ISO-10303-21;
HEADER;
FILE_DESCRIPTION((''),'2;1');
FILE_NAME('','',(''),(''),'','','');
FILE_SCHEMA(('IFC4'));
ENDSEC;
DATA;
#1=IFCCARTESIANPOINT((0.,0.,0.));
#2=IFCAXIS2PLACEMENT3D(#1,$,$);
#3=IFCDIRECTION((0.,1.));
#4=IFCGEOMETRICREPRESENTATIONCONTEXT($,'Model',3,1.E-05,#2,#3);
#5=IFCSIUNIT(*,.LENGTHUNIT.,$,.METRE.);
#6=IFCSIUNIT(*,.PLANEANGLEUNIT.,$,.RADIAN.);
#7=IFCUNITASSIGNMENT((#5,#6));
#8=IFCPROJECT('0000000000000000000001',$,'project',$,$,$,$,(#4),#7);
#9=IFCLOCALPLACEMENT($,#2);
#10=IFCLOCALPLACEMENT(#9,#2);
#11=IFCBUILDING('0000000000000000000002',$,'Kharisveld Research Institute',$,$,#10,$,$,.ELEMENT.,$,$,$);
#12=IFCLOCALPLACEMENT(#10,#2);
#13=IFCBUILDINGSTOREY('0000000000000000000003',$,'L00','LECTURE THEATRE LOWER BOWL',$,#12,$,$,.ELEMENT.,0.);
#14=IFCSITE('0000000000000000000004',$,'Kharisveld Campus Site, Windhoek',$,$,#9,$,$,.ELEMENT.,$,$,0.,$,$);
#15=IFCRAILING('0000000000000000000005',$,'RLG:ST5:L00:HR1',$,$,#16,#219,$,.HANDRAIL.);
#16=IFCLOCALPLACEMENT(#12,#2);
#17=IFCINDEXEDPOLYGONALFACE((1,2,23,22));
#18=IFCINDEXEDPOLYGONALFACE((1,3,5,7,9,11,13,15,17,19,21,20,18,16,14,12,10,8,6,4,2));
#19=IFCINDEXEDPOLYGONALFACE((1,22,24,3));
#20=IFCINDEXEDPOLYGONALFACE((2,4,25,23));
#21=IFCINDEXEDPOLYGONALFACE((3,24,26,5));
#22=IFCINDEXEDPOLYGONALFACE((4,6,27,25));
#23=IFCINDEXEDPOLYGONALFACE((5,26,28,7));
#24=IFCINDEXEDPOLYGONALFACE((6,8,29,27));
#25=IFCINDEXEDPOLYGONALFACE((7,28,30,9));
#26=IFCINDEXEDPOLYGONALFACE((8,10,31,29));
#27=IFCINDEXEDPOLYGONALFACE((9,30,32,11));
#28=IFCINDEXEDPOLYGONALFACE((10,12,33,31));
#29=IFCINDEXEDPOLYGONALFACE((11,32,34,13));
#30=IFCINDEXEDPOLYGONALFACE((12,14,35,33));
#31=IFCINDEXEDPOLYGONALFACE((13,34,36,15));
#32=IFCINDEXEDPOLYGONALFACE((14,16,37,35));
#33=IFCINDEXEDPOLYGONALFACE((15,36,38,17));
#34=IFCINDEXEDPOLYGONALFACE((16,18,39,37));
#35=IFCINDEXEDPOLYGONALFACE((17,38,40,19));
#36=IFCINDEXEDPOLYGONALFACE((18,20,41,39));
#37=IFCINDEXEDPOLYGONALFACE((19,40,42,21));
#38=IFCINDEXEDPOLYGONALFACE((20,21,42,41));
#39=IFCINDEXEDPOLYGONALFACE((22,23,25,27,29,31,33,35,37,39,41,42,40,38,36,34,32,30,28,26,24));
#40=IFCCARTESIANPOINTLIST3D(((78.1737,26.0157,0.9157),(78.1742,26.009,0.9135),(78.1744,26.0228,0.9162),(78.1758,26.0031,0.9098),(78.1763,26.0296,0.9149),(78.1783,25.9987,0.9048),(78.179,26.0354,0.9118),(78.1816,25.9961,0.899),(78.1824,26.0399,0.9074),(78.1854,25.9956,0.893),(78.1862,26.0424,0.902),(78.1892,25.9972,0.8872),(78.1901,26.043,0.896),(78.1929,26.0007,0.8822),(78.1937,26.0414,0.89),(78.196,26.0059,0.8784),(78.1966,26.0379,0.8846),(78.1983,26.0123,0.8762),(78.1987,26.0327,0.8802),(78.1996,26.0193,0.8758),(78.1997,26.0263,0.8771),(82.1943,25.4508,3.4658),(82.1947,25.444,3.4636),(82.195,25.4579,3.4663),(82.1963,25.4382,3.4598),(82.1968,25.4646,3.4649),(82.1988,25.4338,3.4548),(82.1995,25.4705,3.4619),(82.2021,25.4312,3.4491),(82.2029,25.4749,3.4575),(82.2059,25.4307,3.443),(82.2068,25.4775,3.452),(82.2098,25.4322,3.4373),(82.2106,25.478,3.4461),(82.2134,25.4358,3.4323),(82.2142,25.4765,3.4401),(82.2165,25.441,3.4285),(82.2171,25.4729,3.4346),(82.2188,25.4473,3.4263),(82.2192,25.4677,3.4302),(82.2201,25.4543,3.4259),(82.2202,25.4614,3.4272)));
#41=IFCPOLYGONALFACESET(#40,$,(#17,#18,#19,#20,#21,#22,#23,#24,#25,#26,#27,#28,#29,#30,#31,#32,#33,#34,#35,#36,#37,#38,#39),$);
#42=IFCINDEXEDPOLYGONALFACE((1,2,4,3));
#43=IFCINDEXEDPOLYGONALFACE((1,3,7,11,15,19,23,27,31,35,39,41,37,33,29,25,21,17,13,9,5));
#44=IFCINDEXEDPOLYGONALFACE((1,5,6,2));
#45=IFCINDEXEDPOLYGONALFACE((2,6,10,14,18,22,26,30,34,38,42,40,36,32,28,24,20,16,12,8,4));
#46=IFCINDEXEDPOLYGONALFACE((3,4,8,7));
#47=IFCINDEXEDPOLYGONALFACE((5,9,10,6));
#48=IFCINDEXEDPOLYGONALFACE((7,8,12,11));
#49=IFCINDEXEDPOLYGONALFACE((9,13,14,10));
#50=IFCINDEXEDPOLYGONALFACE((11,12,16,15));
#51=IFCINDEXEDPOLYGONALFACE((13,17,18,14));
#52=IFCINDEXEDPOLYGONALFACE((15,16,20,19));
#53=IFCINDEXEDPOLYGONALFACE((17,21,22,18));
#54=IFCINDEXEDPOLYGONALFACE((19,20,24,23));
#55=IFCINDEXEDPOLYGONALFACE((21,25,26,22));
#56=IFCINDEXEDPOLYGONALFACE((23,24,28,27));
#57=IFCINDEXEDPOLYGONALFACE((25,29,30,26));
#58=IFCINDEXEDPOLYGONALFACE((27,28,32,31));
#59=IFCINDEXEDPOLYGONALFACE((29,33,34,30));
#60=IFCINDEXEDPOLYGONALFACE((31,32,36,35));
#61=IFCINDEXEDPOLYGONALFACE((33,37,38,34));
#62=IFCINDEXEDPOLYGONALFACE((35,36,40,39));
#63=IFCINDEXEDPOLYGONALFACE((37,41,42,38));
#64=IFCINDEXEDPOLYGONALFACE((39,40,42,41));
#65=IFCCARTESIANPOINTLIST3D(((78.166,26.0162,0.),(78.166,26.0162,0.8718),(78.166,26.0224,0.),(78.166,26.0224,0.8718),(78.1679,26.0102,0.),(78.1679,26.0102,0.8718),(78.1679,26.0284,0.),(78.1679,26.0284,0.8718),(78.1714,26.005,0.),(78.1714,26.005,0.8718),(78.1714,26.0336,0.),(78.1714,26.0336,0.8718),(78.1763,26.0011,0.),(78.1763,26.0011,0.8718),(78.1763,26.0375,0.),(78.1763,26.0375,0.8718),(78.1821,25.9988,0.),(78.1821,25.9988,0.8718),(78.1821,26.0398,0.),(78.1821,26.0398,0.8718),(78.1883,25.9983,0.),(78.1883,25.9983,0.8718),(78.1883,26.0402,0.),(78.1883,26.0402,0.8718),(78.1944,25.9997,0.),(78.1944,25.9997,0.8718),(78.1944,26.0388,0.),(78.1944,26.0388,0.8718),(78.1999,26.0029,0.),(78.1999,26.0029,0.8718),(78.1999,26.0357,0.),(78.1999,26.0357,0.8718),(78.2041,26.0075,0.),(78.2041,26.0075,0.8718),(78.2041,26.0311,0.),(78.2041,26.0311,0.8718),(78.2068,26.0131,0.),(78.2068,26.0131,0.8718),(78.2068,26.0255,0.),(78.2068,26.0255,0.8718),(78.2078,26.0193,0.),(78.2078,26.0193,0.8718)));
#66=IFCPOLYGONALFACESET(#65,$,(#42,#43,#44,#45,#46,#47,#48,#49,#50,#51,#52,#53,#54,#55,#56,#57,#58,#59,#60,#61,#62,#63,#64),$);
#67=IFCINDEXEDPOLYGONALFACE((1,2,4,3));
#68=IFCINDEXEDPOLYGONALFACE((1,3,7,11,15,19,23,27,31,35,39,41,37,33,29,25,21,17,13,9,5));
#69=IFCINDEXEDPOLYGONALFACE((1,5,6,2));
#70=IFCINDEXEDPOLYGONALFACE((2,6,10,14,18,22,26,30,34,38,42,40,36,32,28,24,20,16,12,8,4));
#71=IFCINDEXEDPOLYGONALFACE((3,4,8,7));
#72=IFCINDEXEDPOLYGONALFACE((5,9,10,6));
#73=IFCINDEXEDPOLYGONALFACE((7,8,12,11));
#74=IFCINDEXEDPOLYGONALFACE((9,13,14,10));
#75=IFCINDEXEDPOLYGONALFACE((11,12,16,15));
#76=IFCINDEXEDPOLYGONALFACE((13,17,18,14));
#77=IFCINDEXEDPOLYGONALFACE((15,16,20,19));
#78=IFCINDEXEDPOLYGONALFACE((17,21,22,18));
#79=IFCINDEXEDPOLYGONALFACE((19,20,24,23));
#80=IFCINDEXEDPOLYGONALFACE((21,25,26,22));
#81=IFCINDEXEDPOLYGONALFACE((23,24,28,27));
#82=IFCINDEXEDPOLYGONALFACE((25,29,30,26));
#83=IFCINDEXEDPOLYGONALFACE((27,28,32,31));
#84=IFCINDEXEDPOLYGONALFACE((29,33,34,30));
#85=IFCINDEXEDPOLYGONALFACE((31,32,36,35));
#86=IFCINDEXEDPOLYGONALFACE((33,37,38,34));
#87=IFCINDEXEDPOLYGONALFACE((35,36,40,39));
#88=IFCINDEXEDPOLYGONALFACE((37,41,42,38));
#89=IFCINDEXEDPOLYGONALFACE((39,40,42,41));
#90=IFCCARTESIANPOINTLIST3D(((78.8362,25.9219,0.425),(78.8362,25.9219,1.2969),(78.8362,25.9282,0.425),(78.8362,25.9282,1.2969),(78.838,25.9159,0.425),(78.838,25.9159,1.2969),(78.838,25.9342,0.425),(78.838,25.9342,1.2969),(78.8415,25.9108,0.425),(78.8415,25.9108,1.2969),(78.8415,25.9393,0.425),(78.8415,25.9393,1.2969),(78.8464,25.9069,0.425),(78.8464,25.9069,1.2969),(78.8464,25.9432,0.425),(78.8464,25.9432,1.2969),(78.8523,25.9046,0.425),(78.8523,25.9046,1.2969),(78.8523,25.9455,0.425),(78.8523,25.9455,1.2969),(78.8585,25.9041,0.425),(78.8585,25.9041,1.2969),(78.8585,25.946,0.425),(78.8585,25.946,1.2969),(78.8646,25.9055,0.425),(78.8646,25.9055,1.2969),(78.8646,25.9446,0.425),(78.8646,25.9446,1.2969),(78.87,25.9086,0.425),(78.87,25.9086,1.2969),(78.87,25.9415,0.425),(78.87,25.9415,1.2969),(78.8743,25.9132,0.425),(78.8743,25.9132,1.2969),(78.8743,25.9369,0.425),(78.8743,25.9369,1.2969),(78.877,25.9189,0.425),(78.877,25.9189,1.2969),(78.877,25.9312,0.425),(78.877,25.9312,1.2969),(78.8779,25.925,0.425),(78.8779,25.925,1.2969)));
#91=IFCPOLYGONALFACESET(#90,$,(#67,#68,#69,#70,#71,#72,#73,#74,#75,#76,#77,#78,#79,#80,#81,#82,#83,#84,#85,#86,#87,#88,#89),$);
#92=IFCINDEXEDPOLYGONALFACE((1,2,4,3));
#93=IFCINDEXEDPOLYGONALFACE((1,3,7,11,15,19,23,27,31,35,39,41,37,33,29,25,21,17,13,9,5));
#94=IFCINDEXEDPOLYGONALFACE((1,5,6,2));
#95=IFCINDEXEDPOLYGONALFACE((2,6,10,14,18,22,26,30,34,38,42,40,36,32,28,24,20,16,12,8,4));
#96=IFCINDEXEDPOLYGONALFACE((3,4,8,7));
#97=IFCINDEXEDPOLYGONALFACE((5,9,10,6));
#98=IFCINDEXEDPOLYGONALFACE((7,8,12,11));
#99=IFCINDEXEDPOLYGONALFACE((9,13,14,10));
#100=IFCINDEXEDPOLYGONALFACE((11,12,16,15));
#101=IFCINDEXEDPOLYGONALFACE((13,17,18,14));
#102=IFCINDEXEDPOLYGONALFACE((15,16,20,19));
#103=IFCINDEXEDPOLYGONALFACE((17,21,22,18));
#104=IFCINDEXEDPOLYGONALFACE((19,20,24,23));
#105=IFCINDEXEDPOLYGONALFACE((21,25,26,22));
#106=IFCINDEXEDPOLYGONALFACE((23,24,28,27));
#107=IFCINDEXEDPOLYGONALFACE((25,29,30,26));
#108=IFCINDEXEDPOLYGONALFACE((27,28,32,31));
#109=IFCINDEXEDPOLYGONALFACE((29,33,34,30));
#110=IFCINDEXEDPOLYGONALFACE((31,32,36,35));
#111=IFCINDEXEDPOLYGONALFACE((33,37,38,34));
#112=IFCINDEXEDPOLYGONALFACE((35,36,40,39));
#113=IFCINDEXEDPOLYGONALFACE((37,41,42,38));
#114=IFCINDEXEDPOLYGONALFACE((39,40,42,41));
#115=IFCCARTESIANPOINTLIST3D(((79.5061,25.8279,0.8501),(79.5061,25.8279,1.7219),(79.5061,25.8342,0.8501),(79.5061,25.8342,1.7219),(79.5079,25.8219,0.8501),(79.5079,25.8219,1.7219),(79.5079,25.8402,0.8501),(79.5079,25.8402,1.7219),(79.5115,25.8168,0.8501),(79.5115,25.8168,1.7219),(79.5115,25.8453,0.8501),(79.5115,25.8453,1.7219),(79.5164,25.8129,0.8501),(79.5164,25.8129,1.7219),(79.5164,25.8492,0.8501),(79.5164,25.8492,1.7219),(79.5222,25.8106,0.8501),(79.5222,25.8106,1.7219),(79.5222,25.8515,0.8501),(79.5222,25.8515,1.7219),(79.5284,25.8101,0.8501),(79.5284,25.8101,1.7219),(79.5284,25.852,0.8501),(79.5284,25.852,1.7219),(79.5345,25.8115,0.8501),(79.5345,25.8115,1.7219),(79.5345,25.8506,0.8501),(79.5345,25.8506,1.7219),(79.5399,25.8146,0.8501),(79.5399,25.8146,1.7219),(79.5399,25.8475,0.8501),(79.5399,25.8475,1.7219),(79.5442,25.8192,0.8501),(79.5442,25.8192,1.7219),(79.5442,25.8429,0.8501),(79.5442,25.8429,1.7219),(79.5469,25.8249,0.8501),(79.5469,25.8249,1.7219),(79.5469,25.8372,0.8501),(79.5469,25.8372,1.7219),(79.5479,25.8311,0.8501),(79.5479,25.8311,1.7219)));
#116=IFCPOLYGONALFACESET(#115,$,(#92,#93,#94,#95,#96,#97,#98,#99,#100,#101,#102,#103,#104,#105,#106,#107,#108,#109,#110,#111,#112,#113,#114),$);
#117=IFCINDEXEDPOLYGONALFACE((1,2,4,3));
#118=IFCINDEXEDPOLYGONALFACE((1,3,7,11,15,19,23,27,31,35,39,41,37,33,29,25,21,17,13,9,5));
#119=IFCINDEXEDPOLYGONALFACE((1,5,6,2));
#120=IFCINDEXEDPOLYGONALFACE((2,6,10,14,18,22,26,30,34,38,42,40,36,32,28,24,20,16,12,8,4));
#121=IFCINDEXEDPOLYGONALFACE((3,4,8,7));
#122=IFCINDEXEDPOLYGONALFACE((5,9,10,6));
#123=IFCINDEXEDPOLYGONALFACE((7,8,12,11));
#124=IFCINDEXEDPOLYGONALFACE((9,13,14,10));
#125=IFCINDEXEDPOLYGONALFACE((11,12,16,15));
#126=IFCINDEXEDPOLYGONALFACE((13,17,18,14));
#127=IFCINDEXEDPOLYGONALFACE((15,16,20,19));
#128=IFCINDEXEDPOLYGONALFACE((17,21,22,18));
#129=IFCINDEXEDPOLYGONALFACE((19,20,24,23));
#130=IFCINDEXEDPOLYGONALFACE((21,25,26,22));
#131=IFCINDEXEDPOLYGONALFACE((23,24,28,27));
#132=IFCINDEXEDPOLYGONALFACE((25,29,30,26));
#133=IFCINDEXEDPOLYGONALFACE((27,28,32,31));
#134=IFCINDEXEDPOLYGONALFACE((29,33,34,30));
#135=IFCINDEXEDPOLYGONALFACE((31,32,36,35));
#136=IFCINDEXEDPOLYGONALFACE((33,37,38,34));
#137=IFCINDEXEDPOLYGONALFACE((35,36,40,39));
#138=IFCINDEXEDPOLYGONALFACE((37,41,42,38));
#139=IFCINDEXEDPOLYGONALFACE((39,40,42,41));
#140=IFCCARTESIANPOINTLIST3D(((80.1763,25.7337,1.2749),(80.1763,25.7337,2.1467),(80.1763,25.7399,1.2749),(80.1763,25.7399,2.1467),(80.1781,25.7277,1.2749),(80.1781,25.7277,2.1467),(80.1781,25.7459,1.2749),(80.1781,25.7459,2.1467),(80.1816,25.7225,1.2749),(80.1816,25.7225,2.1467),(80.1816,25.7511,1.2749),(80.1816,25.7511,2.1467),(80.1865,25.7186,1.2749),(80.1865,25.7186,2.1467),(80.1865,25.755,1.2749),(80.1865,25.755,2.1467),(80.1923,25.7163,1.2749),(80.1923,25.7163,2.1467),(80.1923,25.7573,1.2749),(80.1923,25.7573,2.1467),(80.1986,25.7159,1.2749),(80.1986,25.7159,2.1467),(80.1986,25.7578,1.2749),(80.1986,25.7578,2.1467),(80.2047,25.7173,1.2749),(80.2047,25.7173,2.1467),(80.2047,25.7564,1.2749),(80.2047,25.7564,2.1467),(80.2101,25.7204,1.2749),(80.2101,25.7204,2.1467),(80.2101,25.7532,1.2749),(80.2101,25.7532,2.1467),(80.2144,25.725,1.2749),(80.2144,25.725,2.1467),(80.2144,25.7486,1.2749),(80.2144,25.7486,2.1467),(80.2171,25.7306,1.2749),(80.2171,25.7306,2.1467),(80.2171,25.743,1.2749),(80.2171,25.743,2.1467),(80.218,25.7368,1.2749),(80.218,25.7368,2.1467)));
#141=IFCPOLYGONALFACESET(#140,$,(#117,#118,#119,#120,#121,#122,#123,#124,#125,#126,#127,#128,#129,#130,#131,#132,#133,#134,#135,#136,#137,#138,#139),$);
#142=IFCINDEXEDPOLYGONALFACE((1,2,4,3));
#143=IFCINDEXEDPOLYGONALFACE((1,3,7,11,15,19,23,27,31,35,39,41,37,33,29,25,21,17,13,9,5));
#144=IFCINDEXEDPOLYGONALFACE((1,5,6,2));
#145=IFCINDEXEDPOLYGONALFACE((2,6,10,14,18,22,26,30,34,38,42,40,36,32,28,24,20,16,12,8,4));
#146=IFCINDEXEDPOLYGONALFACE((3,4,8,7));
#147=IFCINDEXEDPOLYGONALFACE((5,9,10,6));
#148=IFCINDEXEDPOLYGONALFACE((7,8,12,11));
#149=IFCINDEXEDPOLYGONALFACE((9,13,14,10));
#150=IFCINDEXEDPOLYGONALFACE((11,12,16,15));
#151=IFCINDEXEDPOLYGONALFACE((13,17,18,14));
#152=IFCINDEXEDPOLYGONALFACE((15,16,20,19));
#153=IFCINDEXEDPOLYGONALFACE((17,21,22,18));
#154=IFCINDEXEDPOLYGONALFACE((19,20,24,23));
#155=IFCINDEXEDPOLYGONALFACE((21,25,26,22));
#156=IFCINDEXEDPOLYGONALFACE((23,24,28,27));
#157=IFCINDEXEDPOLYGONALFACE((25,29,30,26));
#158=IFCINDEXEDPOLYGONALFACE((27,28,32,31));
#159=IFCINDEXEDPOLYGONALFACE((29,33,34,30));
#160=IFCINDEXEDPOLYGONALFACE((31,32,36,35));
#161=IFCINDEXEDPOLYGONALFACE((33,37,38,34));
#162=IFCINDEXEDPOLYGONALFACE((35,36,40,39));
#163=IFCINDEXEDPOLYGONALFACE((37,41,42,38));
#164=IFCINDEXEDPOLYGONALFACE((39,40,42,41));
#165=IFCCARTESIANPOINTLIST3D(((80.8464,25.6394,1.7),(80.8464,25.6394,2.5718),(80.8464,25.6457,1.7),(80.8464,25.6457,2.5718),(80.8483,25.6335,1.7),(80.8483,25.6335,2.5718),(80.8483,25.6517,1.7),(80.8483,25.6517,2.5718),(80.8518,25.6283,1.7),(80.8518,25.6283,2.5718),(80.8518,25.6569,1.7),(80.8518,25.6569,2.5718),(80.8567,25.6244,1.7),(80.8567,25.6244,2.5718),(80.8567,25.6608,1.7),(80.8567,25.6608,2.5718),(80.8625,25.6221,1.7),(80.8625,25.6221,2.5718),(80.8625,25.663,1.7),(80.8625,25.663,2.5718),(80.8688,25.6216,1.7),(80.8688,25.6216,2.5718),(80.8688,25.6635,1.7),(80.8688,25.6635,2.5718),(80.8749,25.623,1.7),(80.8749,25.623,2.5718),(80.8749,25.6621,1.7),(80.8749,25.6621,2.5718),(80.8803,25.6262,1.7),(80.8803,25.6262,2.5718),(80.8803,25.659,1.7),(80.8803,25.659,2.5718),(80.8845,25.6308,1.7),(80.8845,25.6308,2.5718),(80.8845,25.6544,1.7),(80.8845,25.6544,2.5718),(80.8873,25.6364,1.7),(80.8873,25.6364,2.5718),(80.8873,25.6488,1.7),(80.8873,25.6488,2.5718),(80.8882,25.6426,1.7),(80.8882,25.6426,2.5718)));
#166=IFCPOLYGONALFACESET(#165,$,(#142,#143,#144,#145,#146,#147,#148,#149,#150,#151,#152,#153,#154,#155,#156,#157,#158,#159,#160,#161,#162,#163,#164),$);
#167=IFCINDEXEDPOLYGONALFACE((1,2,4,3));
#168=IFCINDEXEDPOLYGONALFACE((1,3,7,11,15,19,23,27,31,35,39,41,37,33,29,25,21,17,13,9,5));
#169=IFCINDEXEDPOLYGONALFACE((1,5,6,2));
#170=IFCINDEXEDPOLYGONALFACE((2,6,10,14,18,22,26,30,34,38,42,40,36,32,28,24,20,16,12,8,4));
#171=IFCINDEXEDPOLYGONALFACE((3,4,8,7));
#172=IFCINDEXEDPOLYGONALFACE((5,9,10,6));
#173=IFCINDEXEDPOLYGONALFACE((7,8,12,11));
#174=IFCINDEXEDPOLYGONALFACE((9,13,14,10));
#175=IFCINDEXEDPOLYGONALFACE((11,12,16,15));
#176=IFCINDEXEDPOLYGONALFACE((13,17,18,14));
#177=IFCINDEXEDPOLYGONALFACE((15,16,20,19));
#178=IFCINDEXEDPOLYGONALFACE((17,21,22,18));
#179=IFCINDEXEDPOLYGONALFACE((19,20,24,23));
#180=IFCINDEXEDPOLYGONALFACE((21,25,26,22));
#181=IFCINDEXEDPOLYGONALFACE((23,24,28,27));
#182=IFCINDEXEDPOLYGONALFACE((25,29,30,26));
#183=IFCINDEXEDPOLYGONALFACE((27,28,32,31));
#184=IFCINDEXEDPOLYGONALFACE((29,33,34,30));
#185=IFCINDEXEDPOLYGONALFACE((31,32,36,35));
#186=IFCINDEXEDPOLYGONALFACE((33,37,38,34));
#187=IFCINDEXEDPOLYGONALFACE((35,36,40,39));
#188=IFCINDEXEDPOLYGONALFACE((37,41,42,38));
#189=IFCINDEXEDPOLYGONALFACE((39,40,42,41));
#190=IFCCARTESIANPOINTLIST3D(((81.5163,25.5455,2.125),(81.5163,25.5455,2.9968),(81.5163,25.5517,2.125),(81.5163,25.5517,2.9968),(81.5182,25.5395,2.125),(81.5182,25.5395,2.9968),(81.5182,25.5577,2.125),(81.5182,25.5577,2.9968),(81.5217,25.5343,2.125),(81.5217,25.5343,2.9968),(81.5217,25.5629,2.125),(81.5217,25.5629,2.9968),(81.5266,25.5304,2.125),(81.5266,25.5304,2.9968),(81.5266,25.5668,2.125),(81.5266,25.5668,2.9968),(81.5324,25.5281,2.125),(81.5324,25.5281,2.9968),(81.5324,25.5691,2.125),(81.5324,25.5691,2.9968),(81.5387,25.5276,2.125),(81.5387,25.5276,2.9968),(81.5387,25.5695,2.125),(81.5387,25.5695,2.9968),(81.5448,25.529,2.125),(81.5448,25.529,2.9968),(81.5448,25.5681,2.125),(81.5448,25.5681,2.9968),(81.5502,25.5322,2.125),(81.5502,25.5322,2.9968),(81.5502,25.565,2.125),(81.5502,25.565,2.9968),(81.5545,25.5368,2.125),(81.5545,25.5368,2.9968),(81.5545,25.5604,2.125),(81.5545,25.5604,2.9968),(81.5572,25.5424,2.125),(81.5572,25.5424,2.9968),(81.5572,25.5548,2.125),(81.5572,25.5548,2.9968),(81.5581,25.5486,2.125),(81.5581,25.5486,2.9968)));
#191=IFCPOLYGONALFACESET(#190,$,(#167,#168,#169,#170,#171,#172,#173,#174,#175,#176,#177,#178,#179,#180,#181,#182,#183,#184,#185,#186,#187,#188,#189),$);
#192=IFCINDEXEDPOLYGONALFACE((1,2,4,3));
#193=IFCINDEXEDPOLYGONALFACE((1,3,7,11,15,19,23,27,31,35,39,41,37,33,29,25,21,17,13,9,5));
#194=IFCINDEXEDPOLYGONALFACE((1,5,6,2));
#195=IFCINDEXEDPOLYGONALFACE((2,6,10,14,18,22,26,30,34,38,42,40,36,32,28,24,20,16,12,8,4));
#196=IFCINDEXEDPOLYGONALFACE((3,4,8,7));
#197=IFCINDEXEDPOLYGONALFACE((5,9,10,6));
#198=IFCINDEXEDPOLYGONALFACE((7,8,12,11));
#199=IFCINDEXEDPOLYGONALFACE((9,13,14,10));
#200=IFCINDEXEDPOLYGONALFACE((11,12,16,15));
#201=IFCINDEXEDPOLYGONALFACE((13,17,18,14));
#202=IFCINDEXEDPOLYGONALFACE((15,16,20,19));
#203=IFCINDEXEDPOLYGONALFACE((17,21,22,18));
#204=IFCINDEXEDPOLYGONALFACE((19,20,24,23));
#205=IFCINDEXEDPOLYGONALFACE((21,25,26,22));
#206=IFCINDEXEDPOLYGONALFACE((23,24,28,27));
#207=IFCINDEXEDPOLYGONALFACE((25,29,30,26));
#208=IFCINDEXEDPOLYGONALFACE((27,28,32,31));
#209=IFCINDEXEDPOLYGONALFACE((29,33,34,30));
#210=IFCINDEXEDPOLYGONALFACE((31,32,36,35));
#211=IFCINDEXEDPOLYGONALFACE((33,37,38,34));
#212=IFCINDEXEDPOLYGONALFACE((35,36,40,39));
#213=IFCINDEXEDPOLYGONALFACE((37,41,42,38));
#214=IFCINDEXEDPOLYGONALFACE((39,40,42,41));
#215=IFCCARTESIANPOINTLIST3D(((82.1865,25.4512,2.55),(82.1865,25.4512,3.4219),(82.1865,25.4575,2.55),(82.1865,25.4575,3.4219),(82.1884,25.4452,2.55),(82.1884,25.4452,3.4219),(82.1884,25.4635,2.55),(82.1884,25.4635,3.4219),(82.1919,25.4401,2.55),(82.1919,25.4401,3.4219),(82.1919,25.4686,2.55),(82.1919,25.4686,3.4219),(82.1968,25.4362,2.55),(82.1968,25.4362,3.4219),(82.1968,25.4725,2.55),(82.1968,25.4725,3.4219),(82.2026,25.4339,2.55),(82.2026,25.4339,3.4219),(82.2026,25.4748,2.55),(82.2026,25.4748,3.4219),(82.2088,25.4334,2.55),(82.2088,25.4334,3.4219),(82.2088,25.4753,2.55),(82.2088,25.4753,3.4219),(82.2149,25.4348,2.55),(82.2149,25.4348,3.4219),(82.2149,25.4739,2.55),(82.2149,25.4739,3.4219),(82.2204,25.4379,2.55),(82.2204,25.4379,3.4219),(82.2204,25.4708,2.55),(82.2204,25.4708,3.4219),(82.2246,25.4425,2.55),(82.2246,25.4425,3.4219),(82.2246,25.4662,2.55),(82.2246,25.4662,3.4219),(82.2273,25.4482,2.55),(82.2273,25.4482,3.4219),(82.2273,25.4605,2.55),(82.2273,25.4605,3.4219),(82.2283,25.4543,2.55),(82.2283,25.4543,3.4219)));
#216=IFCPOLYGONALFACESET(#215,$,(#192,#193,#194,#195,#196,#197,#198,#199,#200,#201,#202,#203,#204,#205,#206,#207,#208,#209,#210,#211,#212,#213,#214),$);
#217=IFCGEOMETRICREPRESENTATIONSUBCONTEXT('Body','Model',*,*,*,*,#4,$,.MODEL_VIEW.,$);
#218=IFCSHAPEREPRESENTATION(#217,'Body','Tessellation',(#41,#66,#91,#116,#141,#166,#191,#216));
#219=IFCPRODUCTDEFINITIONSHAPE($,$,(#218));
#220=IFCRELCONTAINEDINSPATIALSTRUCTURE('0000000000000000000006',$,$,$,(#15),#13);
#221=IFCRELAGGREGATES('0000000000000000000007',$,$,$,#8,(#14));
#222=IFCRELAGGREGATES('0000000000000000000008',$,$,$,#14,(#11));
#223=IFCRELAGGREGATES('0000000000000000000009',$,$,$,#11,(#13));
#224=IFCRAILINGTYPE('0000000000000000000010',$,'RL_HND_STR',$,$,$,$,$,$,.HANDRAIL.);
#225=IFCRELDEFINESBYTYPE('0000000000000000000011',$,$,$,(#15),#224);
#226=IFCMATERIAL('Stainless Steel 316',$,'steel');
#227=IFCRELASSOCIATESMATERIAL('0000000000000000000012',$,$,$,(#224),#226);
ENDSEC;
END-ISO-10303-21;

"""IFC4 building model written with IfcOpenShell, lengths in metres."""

from ifc_helpers import new_model, si_unit, direction, frame, origin, origin_2d, place, context, subcontext, project, spatial, circle, extrude, material, type_object, element, save


model = new_model("IFC4")

# Units and contexts
model_context = context("Model", 3, precision=1e-05, world=origin(), true_north=direction((0.0, 1.0)))
body_context = subcontext(model_context, "Body", "Model", "MODEL_VIEW")
ifc_project = project(units=[si_unit("LENGTHUNIT", "METRE"), si_unit("PLANEANGLEUNIT", "RADIAN")], contexts=[model_context])

# Site, building, storey
site_placement = place(None, origin())
site = spatial("IfcSite", under=ifc_project, at=site_placement, Name="Kharisveld Campus Site, Windhoek", CompositionType="ELEMENT", RefElevation=0.0)
building_placement = place(site_placement, origin())
building = spatial("IfcBuilding", under=site, at=building_placement, Name="Kharisveld Research Institute", CompositionType="ELEMENT")
storey_placement = place(building_placement, origin())
storey = spatial("IfcBuildingStorey", under=building, at=storey_placement, Name="L00", Description="LECTURE THEATRE LOWER BOWL", CompositionType="ELEMENT", Elevation=0.0)

# Railing
ifc_material_1 = material(Name="Stainless Steel 316", Category="steel")
railing_type_1 = type_object("IfcRailingType", Name="RL_HND_STR", PredefinedType="HANDRAIL", material=ifc_material_1)
railing_1_placement = place(storey_placement, frame((78.1868, 26.0193, 0.0)))
element("IfcRailing", 1, at=railing_1_placement, inside=storey, type_object=railing_type_1, Name="RLG:ST5:L00:HR1", PredefinedType="HANDRAIL", context=body_context, shape_type="SweptSolid", body=[
    extrude(circle(Radius=0.0239, at=origin_2d()), frame((0.0, 0.0, 0.896), z_axis=(0.838582, -0.117833, 0.531879), x_axis=(0.139148, 0.990272, 0.0)), (0.0, 0.0, 1.0), 4.7944),
    extrude(circle(Radius=0.021, at=origin_2d()), origin(), (0.0, 0.0, 1.0), 0.8718),
    extrude(circle(Radius=0.021, at=origin_2d()), frame((0.6702, -0.0942, 0.425)), (0.0, 0.0, 1.0), 0.8718),
    extrude(circle(Radius=0.021, at=origin_2d()), frame((1.3401, -0.1882, 0.8501)), (0.0, 0.0, 1.0), 0.8718),
    extrude(circle(Radius=0.021, at=origin_2d()), frame((2.0103, -0.2825, 1.2749)), (0.0, 0.0, 1.0), 0.8718),
    extrude(circle(Radius=0.021, at=origin_2d()), frame((2.6804, -0.3767, 1.7)), (0.0, 0.0, 1.0), 0.8718),
    extrude(circle(Radius=0.021, at=origin_2d()), frame((3.3503, -0.4707, 2.125)), (0.0, 0.0, 1.0), 0.8718),
    extrude(circle(Radius=0.021, at=origin_2d()), frame((4.0205, -0.5649, 2.55)), (0.0, 0.0, 1.0), 0.8718),
])

save(model, "model.ifc")
